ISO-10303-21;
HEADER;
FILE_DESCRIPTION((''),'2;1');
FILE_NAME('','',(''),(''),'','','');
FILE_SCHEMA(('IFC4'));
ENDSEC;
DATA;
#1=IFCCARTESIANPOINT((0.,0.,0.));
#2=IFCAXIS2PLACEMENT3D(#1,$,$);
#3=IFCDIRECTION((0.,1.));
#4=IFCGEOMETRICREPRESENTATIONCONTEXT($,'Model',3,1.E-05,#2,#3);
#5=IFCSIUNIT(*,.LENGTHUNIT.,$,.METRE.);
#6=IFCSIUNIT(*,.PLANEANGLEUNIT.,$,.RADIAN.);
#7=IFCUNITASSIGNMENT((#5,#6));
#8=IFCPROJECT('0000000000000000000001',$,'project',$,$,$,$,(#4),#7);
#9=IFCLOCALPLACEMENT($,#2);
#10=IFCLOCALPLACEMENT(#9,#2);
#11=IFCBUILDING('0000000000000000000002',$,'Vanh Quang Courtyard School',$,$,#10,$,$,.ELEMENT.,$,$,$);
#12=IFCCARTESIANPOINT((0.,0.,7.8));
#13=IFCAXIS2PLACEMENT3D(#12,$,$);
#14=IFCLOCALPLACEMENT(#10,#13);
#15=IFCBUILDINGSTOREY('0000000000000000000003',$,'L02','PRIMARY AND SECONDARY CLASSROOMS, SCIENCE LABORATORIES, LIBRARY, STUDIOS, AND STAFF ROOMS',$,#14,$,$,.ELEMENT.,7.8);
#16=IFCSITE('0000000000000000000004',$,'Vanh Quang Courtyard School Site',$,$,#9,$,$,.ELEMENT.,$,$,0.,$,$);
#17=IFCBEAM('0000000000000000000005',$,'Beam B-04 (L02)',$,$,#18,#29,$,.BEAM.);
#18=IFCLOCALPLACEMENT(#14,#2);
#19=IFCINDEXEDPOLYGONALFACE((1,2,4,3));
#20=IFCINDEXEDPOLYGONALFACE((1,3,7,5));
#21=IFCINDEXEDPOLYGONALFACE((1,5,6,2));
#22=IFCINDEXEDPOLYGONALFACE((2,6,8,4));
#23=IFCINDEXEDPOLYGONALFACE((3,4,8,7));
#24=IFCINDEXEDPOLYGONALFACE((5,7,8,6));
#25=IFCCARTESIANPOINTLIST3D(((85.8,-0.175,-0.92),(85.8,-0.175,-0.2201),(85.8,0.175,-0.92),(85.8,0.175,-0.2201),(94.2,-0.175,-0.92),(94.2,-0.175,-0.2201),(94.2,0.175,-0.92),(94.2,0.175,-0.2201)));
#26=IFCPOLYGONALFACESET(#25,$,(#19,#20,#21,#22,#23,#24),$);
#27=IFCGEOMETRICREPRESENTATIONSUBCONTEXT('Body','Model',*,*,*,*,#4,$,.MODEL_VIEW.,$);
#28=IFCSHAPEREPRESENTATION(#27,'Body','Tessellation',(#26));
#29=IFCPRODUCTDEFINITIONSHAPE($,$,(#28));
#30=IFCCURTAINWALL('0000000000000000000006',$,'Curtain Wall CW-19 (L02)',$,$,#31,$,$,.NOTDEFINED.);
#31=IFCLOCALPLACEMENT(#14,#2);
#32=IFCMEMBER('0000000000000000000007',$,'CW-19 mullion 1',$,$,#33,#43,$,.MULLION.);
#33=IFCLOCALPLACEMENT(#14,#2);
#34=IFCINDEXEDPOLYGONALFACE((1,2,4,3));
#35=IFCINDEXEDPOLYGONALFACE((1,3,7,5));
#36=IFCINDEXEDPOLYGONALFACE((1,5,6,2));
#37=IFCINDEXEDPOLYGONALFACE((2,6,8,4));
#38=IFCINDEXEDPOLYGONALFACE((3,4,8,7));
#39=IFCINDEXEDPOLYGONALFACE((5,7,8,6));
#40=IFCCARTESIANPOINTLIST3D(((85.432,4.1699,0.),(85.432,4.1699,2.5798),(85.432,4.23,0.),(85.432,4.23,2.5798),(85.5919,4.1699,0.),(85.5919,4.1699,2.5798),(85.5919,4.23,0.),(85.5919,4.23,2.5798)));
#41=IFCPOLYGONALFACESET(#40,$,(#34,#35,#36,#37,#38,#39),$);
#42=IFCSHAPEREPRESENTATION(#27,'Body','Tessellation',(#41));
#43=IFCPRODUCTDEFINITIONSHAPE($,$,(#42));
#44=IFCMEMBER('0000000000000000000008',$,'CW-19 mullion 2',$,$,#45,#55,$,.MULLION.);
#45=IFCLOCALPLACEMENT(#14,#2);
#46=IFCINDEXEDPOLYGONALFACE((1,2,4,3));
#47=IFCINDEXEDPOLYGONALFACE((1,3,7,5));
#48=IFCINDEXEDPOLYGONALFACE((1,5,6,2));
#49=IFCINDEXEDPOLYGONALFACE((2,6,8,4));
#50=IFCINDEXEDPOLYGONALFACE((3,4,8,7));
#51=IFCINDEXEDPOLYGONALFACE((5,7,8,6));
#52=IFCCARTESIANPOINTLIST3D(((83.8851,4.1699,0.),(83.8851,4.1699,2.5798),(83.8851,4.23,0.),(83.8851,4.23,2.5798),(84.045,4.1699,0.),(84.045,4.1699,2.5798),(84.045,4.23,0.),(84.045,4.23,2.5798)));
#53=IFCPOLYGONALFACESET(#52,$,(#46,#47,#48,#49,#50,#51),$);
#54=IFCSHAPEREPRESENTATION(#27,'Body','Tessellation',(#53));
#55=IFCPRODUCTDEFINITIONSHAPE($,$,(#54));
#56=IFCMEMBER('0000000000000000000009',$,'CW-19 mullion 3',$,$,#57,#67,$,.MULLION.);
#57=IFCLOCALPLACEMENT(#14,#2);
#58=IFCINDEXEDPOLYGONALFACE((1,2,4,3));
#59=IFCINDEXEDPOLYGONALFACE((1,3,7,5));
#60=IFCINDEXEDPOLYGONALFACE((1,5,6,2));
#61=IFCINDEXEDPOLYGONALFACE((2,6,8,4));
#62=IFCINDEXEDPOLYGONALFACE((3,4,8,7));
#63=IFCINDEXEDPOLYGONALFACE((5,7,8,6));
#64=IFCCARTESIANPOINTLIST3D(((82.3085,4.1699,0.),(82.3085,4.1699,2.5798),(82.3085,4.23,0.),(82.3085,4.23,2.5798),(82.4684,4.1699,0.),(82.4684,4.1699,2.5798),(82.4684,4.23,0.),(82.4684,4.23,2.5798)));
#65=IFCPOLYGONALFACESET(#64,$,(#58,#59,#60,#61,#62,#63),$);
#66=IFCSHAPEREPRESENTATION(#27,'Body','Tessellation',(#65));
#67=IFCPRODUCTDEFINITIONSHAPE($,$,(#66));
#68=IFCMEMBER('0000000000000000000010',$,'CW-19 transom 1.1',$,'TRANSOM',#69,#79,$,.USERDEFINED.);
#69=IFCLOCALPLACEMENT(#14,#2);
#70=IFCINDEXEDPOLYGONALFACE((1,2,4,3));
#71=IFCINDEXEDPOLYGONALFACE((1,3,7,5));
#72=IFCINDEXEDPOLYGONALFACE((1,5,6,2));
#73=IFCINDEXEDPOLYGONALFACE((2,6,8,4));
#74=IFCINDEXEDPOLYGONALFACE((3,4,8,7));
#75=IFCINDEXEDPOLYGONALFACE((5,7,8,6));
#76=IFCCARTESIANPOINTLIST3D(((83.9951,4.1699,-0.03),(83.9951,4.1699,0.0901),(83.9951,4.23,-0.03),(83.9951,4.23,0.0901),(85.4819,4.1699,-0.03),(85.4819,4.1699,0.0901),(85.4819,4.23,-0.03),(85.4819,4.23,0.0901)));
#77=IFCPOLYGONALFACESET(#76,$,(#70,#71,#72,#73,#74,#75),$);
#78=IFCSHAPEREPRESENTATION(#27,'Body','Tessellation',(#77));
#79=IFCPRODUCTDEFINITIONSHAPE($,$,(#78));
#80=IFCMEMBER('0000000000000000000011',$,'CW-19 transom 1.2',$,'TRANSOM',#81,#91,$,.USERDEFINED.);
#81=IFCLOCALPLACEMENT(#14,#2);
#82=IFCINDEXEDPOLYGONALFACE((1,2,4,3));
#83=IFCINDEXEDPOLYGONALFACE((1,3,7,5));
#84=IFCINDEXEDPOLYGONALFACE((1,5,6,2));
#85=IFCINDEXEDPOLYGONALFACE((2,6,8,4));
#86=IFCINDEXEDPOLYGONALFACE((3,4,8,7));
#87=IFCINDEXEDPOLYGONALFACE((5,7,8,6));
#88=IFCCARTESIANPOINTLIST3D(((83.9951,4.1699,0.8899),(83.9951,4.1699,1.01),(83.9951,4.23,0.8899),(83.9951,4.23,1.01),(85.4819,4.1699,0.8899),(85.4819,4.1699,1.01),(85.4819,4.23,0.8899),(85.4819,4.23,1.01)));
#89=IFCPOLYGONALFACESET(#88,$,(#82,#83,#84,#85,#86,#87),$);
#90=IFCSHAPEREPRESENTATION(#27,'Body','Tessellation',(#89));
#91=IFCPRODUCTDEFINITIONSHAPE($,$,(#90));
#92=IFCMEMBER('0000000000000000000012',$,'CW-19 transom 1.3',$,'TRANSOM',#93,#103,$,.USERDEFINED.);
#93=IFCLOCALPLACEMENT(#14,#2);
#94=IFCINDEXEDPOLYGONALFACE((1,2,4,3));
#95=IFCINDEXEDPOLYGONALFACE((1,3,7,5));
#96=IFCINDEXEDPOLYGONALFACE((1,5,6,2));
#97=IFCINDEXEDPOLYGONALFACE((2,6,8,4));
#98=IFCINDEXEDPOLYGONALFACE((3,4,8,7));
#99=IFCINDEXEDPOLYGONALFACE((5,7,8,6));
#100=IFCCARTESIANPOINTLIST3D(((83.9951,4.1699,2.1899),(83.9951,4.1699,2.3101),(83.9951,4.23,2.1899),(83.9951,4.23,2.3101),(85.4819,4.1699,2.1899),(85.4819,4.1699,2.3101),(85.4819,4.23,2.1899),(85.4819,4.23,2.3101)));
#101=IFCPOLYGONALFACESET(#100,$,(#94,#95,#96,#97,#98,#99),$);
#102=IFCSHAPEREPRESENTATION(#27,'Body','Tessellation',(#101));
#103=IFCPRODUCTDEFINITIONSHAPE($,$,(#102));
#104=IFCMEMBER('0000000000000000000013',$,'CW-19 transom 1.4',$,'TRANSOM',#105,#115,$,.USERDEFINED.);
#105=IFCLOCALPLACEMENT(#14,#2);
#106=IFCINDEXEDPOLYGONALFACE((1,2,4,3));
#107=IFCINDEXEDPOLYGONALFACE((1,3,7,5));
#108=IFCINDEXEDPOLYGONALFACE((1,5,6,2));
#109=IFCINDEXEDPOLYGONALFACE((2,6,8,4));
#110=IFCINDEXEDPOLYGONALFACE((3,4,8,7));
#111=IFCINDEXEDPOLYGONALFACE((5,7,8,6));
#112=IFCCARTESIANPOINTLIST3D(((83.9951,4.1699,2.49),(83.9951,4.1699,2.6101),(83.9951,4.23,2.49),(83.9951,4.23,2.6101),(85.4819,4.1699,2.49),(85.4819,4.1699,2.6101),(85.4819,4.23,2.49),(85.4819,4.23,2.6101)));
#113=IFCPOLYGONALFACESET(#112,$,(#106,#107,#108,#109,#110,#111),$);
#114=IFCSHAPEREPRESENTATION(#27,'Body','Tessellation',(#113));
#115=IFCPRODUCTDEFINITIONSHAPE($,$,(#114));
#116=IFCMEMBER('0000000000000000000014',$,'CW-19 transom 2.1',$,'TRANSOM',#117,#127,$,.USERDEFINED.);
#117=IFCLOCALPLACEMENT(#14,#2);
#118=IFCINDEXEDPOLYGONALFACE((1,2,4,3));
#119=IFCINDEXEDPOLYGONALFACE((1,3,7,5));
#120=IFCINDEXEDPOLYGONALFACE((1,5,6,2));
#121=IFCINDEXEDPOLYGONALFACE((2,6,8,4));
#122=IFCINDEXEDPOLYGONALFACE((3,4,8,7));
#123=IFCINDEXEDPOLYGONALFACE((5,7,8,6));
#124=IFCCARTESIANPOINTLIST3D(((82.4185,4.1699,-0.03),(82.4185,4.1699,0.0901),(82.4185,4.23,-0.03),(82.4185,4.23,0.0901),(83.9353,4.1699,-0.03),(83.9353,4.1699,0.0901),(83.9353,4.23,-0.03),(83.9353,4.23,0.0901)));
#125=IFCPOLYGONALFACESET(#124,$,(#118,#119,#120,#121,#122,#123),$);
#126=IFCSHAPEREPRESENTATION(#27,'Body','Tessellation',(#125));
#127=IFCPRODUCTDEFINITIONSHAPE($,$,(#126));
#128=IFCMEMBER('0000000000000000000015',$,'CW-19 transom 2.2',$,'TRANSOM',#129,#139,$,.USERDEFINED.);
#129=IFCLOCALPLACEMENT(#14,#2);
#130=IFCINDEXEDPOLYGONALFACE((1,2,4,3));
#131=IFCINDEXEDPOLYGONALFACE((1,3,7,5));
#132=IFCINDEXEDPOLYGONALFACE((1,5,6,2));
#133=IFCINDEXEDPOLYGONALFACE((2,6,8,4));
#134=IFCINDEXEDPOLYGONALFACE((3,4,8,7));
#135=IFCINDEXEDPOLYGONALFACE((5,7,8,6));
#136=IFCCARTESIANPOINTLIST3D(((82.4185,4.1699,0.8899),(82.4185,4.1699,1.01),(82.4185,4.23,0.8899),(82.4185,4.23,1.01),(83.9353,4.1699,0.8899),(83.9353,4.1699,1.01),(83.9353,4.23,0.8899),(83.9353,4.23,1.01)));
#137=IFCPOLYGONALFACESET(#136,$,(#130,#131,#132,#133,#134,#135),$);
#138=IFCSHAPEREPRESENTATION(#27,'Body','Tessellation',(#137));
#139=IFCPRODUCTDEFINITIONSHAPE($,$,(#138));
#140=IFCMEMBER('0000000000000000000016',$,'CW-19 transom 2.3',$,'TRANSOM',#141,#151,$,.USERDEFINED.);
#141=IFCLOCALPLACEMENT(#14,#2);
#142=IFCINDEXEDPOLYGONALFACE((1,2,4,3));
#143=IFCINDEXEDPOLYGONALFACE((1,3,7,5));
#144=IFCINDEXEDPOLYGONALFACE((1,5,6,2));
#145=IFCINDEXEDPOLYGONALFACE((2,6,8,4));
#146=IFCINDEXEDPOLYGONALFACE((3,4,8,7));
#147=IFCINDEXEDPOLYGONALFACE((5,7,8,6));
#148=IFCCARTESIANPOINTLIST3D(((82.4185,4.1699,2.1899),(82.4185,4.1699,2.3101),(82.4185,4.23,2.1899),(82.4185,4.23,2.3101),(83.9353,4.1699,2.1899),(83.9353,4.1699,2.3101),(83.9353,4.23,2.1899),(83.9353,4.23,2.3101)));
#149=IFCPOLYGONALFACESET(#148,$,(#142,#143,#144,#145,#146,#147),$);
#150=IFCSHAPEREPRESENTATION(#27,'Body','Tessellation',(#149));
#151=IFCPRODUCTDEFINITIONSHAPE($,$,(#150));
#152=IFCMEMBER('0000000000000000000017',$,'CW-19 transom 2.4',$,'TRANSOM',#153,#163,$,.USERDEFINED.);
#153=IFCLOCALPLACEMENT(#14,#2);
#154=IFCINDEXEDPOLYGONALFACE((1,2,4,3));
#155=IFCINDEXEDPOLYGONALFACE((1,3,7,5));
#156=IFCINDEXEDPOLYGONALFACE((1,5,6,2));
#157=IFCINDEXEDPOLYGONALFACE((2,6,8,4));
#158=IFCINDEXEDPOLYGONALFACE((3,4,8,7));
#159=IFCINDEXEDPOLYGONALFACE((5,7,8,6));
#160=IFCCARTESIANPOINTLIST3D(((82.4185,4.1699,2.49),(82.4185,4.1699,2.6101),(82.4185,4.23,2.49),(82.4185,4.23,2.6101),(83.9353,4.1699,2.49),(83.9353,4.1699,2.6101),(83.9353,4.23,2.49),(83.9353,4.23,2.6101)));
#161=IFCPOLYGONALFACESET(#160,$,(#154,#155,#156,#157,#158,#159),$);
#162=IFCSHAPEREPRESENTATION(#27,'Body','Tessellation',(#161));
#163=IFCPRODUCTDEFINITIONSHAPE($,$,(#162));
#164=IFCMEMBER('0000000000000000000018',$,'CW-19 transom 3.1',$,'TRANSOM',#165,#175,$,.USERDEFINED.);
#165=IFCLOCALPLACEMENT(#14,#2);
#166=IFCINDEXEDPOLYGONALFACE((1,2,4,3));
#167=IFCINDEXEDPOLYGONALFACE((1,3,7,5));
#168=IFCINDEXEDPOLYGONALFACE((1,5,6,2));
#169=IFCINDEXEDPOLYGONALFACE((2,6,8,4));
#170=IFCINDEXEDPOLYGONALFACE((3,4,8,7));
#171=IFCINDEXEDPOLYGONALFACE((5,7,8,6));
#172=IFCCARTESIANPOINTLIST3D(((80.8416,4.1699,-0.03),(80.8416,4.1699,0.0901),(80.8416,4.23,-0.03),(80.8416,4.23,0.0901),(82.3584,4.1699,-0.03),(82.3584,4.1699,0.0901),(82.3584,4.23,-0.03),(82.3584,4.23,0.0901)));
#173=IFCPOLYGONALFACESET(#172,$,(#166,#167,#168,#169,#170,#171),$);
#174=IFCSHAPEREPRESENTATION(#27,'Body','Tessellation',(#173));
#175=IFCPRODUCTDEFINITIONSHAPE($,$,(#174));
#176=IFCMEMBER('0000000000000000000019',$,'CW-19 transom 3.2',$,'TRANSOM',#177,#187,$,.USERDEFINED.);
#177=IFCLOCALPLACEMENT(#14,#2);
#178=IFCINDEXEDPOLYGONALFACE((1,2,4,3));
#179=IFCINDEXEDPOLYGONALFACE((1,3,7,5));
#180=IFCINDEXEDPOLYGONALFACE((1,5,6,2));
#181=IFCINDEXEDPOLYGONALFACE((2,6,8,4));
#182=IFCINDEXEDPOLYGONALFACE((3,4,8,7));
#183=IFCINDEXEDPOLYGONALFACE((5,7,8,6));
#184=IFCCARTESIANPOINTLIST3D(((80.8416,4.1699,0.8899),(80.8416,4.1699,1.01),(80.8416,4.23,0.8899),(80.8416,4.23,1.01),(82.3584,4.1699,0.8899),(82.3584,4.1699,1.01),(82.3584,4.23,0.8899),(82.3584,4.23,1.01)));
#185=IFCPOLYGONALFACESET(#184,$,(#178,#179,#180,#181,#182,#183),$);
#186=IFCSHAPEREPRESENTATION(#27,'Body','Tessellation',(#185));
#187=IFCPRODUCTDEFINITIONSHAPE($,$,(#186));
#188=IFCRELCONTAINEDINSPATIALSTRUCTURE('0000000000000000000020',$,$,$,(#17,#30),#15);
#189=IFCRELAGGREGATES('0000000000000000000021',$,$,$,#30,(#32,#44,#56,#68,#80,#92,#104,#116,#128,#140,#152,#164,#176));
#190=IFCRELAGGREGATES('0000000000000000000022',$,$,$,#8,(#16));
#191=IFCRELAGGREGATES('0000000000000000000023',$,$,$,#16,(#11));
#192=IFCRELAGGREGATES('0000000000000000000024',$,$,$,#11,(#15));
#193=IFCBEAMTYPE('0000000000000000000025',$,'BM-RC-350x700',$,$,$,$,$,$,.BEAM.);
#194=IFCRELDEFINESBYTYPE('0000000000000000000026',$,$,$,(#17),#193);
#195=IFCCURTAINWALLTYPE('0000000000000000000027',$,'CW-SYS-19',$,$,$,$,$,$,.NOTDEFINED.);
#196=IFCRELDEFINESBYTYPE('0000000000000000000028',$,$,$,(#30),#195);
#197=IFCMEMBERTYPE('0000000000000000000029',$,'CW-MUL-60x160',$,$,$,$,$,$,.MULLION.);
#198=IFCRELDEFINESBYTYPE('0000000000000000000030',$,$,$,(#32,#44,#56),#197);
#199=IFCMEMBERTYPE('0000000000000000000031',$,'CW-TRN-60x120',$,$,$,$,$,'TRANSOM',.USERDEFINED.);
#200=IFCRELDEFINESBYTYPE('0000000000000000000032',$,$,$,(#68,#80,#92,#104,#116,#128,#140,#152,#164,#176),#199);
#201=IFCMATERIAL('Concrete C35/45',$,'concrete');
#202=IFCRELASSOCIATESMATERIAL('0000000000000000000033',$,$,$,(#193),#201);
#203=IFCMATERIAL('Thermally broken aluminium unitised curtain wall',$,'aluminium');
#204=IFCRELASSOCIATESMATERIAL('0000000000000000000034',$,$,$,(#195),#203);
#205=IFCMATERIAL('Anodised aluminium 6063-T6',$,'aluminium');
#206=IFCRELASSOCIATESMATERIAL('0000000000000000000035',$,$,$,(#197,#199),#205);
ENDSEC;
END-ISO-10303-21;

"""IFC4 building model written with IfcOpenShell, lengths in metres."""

from ifc_helpers import new_model, si_unit, direction, frame, origin, origin_2d, place, context, subcontext, project, spatial, rectangle, extrude, material, material_profile, profile_set, type_object, element, aggregate, save


model = new_model("IFC4")

# Units and contexts
model_context = context("Model", 3, precision=1e-05, world=origin(), true_north=direction((0.0, 1.0)))
body_context = subcontext(model_context, "Body", "Model", "MODEL_VIEW")
ifc_project = project(units=[si_unit("LENGTHUNIT", "METRE"), si_unit("PLANEANGLEUNIT", "RADIAN")], contexts=[model_context])

# Site, building, storey
site_placement = place(None, origin())
site = spatial("IfcSite", under=ifc_project, at=site_placement, Name="Vanh Quang Courtyard School Site", CompositionType="ELEMENT", RefElevation=0.0)
building_placement = place(site_placement, origin())
building = spatial("IfcBuilding", under=site, at=building_placement, Name="Vanh Quang Courtyard School", CompositionType="ELEMENT")
storey_placement = place(building_placement, frame((0.0, 0.0, 7.8)))
storey = spatial("IfcBuildingStorey", under=building, at=storey_placement, Name="L02", Description="PRIMARY AND SECONDARY CLASSROOMS, SCIENCE LABORATORIES, LIBRARY, STUDIOS, AND STAFF ROOMS", CompositionType="ELEMENT", Elevation=7.8)

# Beam
ifc_material_1 = material(Name="Concrete C35/45", Category="concrete")
ifc_material_profile_1 = material_profile(ifc_material_1, rectangle(XDim=0.3501, YDim=0.7, at=origin_2d()), Name="RC-BM 350x700")
ifc_profile_set_1 = profile_set([ifc_material_profile_1], Name="Concrete C35/45")
beam_type = type_object("IfcBeamType", Name="BM-RC-350x700", PredefinedType="BEAM", material=ifc_profile_set_1)
beam_placement = place(storey_placement, frame((85.8, 0.0, -0.5701), z_axis=(1.0, 0.0, 0.0), x_axis=(0.0, 1.0, 0.0)))
element("IfcBeam", 1, at=beam_placement, inside=storey, type_object=beam_type, Name="Beam B-04 (L02)", PredefinedType="BEAM", context=body_context, shape_type="SweptSolid", body=[
    extrude(rectangle(XDim=0.3501, YDim=0.7, at=origin_2d()), origin(), (0.0, 0.0, 1.0), 8.3999),
])

# Curtain wall, members
ifc_material_2 = material(Name="Thermally broken aluminium unitised curtain wall", Category="aluminium")
curtain_wall_type = type_object("IfcCurtainWallType", Name="CW-SYS-19", PredefinedType="NOTDEFINED", material=ifc_material_2)
curtain_wall_placement = place(storey_placement, origin())
curtain_wall = element("IfcCurtainWall", 2, at=curtain_wall_placement, inside=storey, type_object=curtain_wall_type, Name="Curtain Wall CW-19 (L02)", PredefinedType="NOTDEFINED")
ifc_material_3 = material(Name="Anodised aluminium 6063-T6", Category="aluminium")
ifc_material_profile_2 = material_profile(ifc_material_3, rectangle(XDim=0.0601, YDim=0.1599, at=origin_2d()), Name="ALU-MUL 60x160")
ifc_profile_set_2 = profile_set([ifc_material_profile_2], Name="Anodised aluminium 6063-T6")
member_type_1 = type_object("IfcMemberType", Name="CW-MUL-60x160", PredefinedType="MULLION", material=ifc_profile_set_2)
member_1_placement = place(storey_placement, frame((85.512, 4.2, 0.0), z_axis=(0.0, 0.0, 1.0), x_axis=(0.0, -1.0, 0.0)))
member_1 = element("IfcMember", 3, at=member_1_placement, type_object=member_type_1, Name="CW-19 mullion 1", PredefinedType="MULLION", context=body_context, shape_type="SweptSolid", body=[
    extrude(rectangle(XDim=0.0601, YDim=0.1599, at=origin_2d()), origin(), (0.0, 0.0, 1.0), 2.5798),
])
member_2_placement = place(storey_placement, frame((83.9651, 4.2, 0.0), z_axis=(0.0, 0.0, 1.0), x_axis=(0.0, -1.0, 0.0)))
member_2 = element("IfcMember", 4, at=member_2_placement, type_object=member_type_1, Name="CW-19 mullion 2", PredefinedType="MULLION", context=body_context, shape_type="SweptSolid", body=[
    extrude(rectangle(XDim=0.0601, YDim=0.1599, at=origin_2d()), origin(), (0.0, 0.0, 1.0), 2.5798),
])
member_3_placement = place(storey_placement, frame((82.3884, 4.2, 0.0), z_axis=(0.0, 0.0, 1.0), x_axis=(0.0, -1.0, 0.0)))
member_3 = element("IfcMember", 5, at=member_3_placement, type_object=member_type_1, Name="CW-19 mullion 3", PredefinedType="MULLION", context=body_context, shape_type="SweptSolid", body=[
    extrude(rectangle(XDim=0.0601, YDim=0.1599, at=origin_2d()), origin(), (0.0, 0.0, 1.0), 2.5798),
])
ifc_material_profile_3 = material_profile(ifc_material_3, rectangle(XDim=0.0601, YDim=0.1201, at=origin_2d()), Name="ALU-TRN 60x120")
ifc_profile_set_3 = profile_set([ifc_material_profile_3], Name="Anodised aluminium 6063-T6")
member_type_2 = type_object("IfcMemberType", Name="CW-TRN-60x120", ElementType="TRANSOM", PredefinedType="USERDEFINED", material=ifc_profile_set_3)
member_4_placement = place(storey_placement, frame((85.4819, 4.2, 0.03), z_axis=(-1.0, 0.0, 0.0), x_axis=(0.0, -1.0, 0.0)))
member_4 = element("IfcMember", 6, at=member_4_placement, type_object=member_type_2, Name="CW-19 transom 1.1", ObjectType="TRANSOM", PredefinedType="USERDEFINED", context=body_context, shape_type="SweptSolid", body=[
    extrude(rectangle(XDim=0.0601, YDim=0.1201, at=origin_2d()), origin(), (0.0, 0.0, 1.0), 1.4868),
])
member_5_placement = place(storey_placement, frame((85.4819, 4.2, 0.95), z_axis=(-1.0, 0.0, 0.0), x_axis=(0.0, -1.0, 0.0)))
member_5 = element("IfcMember", 7, at=member_5_placement, type_object=member_type_2, Name="CW-19 transom 1.2", ObjectType="TRANSOM", PredefinedType="USERDEFINED", context=body_context, shape_type="SweptSolid", body=[
    extrude(rectangle(XDim=0.0601, YDim=0.1201, at=origin_2d()), origin(), (0.0, 0.0, 1.0), 1.4868),
])
member_6_placement = place(storey_placement, frame((85.4819, 4.2, 2.25), z_axis=(-1.0, 0.0, 0.0), x_axis=(0.0, -1.0, 0.0)))
member_6 = element("IfcMember", 8, at=member_6_placement, type_object=member_type_2, Name="CW-19 transom 1.3", ObjectType="TRANSOM", PredefinedType="USERDEFINED", context=body_context, shape_type="SweptSolid", body=[
    extrude(rectangle(XDim=0.0601, YDim=0.1201, at=origin_2d()), origin(), (0.0, 0.0, 1.0), 1.4868),
])
member_7_placement = place(storey_placement, frame((85.4819, 4.2, 2.55), z_axis=(-1.0, 0.0, 0.0), x_axis=(0.0, -1.0, 0.0)))
member_7 = element("IfcMember", 9, at=member_7_placement, type_object=member_type_2, Name="CW-19 transom 1.4", ObjectType="TRANSOM", PredefinedType="USERDEFINED", context=body_context, shape_type="SweptSolid", body=[
    extrude(rectangle(XDim=0.0601, YDim=0.1201, at=origin_2d()), origin(), (0.0, 0.0, 1.0), 1.4868),
])
member_8_placement = place(storey_placement, frame((83.9353, 4.2, 0.03), z_axis=(-1.0, 0.0, 0.0), x_axis=(0.0, -1.0, 0.0)))
member_8 = element("IfcMember", 10, at=member_8_placement, type_object=member_type_2, Name="CW-19 transom 2.1", ObjectType="TRANSOM", PredefinedType="USERDEFINED", context=body_context, shape_type="SweptSolid", body=[
    extrude(rectangle(XDim=0.0601, YDim=0.1201, at=origin_2d()), origin(), (0.0, 0.0, 1.0), 1.5168),
])
member_9_placement = place(storey_placement, frame((83.9353, 4.2, 0.95), z_axis=(-1.0, 0.0, 0.0), x_axis=(0.0, -1.0, 0.0)))
member_9 = element("IfcMember", 11, at=member_9_placement, type_object=member_type_2, Name="CW-19 transom 2.2", ObjectType="TRANSOM", PredefinedType="USERDEFINED", context=body_context, shape_type="SweptSolid", body=[
    extrude(rectangle(XDim=0.0601, YDim=0.1201, at=origin_2d()), origin(), (0.0, 0.0, 1.0), 1.5168),
])
member_10_placement = place(storey_placement, frame((83.9353, 4.2, 2.25), z_axis=(-1.0, 0.0, 0.0), x_axis=(0.0, -1.0, 0.0)))
member_10 = element("IfcMember", 12, at=member_10_placement, type_object=member_type_2, Name="CW-19 transom 2.3", ObjectType="TRANSOM", PredefinedType="USERDEFINED", context=body_context, shape_type="SweptSolid", body=[
    extrude(rectangle(XDim=0.0601, YDim=0.1201, at=origin_2d()), origin(), (0.0, 0.0, 1.0), 1.5168),
])
member_11_placement = place(storey_placement, frame((83.9353, 4.2, 2.55), z_axis=(-1.0, 0.0, 0.0), x_axis=(0.0, -1.0, 0.0)))
member_11 = element("IfcMember", 13, at=member_11_placement, type_object=member_type_2, Name="CW-19 transom 2.4", ObjectType="TRANSOM", PredefinedType="USERDEFINED", context=body_context, shape_type="SweptSolid", body=[
    extrude(rectangle(XDim=0.0601, YDim=0.1201, at=origin_2d()), origin(), (0.0, 0.0, 1.0), 1.5168),
])
member_12_placement = place(storey_placement, frame((82.3584, 4.2, 0.03), z_axis=(-1.0, 0.0, 0.0), x_axis=(0.0, -1.0, 0.0)))
member_12 = element("IfcMember", 14, at=member_12_placement, type_object=member_type_2, Name="CW-19 transom 3.1", ObjectType="TRANSOM", PredefinedType="USERDEFINED", context=body_context, shape_type="SweptSolid", body=[
    extrude(rectangle(XDim=0.0601, YDim=0.1201, at=origin_2d()), origin(), (0.0, 0.0, 1.0), 1.5168),
])
member_13_placement = place(storey_placement, frame((82.3584, 4.2, 0.95), z_axis=(-1.0, 0.0, 0.0), x_axis=(0.0, -1.0, 0.0)))
member_13 = element("IfcMember", 15, at=member_13_placement, type_object=member_type_2, Name="CW-19 transom 3.2", ObjectType="TRANSOM", PredefinedType="USERDEFINED", context=body_context, shape_type="SweptSolid", body=[
    extrude(rectangle(XDim=0.0601, YDim=0.1201, at=origin_2d()), origin(), (0.0, 0.0, 1.0), 1.5168),
])
aggregate(curtain_wall, [member_1, member_2, member_3, member_4, member_5, member_6, member_7, member_8, member_9, member_10, member_11, member_12, member_13])

save(model, "model.ifc")
